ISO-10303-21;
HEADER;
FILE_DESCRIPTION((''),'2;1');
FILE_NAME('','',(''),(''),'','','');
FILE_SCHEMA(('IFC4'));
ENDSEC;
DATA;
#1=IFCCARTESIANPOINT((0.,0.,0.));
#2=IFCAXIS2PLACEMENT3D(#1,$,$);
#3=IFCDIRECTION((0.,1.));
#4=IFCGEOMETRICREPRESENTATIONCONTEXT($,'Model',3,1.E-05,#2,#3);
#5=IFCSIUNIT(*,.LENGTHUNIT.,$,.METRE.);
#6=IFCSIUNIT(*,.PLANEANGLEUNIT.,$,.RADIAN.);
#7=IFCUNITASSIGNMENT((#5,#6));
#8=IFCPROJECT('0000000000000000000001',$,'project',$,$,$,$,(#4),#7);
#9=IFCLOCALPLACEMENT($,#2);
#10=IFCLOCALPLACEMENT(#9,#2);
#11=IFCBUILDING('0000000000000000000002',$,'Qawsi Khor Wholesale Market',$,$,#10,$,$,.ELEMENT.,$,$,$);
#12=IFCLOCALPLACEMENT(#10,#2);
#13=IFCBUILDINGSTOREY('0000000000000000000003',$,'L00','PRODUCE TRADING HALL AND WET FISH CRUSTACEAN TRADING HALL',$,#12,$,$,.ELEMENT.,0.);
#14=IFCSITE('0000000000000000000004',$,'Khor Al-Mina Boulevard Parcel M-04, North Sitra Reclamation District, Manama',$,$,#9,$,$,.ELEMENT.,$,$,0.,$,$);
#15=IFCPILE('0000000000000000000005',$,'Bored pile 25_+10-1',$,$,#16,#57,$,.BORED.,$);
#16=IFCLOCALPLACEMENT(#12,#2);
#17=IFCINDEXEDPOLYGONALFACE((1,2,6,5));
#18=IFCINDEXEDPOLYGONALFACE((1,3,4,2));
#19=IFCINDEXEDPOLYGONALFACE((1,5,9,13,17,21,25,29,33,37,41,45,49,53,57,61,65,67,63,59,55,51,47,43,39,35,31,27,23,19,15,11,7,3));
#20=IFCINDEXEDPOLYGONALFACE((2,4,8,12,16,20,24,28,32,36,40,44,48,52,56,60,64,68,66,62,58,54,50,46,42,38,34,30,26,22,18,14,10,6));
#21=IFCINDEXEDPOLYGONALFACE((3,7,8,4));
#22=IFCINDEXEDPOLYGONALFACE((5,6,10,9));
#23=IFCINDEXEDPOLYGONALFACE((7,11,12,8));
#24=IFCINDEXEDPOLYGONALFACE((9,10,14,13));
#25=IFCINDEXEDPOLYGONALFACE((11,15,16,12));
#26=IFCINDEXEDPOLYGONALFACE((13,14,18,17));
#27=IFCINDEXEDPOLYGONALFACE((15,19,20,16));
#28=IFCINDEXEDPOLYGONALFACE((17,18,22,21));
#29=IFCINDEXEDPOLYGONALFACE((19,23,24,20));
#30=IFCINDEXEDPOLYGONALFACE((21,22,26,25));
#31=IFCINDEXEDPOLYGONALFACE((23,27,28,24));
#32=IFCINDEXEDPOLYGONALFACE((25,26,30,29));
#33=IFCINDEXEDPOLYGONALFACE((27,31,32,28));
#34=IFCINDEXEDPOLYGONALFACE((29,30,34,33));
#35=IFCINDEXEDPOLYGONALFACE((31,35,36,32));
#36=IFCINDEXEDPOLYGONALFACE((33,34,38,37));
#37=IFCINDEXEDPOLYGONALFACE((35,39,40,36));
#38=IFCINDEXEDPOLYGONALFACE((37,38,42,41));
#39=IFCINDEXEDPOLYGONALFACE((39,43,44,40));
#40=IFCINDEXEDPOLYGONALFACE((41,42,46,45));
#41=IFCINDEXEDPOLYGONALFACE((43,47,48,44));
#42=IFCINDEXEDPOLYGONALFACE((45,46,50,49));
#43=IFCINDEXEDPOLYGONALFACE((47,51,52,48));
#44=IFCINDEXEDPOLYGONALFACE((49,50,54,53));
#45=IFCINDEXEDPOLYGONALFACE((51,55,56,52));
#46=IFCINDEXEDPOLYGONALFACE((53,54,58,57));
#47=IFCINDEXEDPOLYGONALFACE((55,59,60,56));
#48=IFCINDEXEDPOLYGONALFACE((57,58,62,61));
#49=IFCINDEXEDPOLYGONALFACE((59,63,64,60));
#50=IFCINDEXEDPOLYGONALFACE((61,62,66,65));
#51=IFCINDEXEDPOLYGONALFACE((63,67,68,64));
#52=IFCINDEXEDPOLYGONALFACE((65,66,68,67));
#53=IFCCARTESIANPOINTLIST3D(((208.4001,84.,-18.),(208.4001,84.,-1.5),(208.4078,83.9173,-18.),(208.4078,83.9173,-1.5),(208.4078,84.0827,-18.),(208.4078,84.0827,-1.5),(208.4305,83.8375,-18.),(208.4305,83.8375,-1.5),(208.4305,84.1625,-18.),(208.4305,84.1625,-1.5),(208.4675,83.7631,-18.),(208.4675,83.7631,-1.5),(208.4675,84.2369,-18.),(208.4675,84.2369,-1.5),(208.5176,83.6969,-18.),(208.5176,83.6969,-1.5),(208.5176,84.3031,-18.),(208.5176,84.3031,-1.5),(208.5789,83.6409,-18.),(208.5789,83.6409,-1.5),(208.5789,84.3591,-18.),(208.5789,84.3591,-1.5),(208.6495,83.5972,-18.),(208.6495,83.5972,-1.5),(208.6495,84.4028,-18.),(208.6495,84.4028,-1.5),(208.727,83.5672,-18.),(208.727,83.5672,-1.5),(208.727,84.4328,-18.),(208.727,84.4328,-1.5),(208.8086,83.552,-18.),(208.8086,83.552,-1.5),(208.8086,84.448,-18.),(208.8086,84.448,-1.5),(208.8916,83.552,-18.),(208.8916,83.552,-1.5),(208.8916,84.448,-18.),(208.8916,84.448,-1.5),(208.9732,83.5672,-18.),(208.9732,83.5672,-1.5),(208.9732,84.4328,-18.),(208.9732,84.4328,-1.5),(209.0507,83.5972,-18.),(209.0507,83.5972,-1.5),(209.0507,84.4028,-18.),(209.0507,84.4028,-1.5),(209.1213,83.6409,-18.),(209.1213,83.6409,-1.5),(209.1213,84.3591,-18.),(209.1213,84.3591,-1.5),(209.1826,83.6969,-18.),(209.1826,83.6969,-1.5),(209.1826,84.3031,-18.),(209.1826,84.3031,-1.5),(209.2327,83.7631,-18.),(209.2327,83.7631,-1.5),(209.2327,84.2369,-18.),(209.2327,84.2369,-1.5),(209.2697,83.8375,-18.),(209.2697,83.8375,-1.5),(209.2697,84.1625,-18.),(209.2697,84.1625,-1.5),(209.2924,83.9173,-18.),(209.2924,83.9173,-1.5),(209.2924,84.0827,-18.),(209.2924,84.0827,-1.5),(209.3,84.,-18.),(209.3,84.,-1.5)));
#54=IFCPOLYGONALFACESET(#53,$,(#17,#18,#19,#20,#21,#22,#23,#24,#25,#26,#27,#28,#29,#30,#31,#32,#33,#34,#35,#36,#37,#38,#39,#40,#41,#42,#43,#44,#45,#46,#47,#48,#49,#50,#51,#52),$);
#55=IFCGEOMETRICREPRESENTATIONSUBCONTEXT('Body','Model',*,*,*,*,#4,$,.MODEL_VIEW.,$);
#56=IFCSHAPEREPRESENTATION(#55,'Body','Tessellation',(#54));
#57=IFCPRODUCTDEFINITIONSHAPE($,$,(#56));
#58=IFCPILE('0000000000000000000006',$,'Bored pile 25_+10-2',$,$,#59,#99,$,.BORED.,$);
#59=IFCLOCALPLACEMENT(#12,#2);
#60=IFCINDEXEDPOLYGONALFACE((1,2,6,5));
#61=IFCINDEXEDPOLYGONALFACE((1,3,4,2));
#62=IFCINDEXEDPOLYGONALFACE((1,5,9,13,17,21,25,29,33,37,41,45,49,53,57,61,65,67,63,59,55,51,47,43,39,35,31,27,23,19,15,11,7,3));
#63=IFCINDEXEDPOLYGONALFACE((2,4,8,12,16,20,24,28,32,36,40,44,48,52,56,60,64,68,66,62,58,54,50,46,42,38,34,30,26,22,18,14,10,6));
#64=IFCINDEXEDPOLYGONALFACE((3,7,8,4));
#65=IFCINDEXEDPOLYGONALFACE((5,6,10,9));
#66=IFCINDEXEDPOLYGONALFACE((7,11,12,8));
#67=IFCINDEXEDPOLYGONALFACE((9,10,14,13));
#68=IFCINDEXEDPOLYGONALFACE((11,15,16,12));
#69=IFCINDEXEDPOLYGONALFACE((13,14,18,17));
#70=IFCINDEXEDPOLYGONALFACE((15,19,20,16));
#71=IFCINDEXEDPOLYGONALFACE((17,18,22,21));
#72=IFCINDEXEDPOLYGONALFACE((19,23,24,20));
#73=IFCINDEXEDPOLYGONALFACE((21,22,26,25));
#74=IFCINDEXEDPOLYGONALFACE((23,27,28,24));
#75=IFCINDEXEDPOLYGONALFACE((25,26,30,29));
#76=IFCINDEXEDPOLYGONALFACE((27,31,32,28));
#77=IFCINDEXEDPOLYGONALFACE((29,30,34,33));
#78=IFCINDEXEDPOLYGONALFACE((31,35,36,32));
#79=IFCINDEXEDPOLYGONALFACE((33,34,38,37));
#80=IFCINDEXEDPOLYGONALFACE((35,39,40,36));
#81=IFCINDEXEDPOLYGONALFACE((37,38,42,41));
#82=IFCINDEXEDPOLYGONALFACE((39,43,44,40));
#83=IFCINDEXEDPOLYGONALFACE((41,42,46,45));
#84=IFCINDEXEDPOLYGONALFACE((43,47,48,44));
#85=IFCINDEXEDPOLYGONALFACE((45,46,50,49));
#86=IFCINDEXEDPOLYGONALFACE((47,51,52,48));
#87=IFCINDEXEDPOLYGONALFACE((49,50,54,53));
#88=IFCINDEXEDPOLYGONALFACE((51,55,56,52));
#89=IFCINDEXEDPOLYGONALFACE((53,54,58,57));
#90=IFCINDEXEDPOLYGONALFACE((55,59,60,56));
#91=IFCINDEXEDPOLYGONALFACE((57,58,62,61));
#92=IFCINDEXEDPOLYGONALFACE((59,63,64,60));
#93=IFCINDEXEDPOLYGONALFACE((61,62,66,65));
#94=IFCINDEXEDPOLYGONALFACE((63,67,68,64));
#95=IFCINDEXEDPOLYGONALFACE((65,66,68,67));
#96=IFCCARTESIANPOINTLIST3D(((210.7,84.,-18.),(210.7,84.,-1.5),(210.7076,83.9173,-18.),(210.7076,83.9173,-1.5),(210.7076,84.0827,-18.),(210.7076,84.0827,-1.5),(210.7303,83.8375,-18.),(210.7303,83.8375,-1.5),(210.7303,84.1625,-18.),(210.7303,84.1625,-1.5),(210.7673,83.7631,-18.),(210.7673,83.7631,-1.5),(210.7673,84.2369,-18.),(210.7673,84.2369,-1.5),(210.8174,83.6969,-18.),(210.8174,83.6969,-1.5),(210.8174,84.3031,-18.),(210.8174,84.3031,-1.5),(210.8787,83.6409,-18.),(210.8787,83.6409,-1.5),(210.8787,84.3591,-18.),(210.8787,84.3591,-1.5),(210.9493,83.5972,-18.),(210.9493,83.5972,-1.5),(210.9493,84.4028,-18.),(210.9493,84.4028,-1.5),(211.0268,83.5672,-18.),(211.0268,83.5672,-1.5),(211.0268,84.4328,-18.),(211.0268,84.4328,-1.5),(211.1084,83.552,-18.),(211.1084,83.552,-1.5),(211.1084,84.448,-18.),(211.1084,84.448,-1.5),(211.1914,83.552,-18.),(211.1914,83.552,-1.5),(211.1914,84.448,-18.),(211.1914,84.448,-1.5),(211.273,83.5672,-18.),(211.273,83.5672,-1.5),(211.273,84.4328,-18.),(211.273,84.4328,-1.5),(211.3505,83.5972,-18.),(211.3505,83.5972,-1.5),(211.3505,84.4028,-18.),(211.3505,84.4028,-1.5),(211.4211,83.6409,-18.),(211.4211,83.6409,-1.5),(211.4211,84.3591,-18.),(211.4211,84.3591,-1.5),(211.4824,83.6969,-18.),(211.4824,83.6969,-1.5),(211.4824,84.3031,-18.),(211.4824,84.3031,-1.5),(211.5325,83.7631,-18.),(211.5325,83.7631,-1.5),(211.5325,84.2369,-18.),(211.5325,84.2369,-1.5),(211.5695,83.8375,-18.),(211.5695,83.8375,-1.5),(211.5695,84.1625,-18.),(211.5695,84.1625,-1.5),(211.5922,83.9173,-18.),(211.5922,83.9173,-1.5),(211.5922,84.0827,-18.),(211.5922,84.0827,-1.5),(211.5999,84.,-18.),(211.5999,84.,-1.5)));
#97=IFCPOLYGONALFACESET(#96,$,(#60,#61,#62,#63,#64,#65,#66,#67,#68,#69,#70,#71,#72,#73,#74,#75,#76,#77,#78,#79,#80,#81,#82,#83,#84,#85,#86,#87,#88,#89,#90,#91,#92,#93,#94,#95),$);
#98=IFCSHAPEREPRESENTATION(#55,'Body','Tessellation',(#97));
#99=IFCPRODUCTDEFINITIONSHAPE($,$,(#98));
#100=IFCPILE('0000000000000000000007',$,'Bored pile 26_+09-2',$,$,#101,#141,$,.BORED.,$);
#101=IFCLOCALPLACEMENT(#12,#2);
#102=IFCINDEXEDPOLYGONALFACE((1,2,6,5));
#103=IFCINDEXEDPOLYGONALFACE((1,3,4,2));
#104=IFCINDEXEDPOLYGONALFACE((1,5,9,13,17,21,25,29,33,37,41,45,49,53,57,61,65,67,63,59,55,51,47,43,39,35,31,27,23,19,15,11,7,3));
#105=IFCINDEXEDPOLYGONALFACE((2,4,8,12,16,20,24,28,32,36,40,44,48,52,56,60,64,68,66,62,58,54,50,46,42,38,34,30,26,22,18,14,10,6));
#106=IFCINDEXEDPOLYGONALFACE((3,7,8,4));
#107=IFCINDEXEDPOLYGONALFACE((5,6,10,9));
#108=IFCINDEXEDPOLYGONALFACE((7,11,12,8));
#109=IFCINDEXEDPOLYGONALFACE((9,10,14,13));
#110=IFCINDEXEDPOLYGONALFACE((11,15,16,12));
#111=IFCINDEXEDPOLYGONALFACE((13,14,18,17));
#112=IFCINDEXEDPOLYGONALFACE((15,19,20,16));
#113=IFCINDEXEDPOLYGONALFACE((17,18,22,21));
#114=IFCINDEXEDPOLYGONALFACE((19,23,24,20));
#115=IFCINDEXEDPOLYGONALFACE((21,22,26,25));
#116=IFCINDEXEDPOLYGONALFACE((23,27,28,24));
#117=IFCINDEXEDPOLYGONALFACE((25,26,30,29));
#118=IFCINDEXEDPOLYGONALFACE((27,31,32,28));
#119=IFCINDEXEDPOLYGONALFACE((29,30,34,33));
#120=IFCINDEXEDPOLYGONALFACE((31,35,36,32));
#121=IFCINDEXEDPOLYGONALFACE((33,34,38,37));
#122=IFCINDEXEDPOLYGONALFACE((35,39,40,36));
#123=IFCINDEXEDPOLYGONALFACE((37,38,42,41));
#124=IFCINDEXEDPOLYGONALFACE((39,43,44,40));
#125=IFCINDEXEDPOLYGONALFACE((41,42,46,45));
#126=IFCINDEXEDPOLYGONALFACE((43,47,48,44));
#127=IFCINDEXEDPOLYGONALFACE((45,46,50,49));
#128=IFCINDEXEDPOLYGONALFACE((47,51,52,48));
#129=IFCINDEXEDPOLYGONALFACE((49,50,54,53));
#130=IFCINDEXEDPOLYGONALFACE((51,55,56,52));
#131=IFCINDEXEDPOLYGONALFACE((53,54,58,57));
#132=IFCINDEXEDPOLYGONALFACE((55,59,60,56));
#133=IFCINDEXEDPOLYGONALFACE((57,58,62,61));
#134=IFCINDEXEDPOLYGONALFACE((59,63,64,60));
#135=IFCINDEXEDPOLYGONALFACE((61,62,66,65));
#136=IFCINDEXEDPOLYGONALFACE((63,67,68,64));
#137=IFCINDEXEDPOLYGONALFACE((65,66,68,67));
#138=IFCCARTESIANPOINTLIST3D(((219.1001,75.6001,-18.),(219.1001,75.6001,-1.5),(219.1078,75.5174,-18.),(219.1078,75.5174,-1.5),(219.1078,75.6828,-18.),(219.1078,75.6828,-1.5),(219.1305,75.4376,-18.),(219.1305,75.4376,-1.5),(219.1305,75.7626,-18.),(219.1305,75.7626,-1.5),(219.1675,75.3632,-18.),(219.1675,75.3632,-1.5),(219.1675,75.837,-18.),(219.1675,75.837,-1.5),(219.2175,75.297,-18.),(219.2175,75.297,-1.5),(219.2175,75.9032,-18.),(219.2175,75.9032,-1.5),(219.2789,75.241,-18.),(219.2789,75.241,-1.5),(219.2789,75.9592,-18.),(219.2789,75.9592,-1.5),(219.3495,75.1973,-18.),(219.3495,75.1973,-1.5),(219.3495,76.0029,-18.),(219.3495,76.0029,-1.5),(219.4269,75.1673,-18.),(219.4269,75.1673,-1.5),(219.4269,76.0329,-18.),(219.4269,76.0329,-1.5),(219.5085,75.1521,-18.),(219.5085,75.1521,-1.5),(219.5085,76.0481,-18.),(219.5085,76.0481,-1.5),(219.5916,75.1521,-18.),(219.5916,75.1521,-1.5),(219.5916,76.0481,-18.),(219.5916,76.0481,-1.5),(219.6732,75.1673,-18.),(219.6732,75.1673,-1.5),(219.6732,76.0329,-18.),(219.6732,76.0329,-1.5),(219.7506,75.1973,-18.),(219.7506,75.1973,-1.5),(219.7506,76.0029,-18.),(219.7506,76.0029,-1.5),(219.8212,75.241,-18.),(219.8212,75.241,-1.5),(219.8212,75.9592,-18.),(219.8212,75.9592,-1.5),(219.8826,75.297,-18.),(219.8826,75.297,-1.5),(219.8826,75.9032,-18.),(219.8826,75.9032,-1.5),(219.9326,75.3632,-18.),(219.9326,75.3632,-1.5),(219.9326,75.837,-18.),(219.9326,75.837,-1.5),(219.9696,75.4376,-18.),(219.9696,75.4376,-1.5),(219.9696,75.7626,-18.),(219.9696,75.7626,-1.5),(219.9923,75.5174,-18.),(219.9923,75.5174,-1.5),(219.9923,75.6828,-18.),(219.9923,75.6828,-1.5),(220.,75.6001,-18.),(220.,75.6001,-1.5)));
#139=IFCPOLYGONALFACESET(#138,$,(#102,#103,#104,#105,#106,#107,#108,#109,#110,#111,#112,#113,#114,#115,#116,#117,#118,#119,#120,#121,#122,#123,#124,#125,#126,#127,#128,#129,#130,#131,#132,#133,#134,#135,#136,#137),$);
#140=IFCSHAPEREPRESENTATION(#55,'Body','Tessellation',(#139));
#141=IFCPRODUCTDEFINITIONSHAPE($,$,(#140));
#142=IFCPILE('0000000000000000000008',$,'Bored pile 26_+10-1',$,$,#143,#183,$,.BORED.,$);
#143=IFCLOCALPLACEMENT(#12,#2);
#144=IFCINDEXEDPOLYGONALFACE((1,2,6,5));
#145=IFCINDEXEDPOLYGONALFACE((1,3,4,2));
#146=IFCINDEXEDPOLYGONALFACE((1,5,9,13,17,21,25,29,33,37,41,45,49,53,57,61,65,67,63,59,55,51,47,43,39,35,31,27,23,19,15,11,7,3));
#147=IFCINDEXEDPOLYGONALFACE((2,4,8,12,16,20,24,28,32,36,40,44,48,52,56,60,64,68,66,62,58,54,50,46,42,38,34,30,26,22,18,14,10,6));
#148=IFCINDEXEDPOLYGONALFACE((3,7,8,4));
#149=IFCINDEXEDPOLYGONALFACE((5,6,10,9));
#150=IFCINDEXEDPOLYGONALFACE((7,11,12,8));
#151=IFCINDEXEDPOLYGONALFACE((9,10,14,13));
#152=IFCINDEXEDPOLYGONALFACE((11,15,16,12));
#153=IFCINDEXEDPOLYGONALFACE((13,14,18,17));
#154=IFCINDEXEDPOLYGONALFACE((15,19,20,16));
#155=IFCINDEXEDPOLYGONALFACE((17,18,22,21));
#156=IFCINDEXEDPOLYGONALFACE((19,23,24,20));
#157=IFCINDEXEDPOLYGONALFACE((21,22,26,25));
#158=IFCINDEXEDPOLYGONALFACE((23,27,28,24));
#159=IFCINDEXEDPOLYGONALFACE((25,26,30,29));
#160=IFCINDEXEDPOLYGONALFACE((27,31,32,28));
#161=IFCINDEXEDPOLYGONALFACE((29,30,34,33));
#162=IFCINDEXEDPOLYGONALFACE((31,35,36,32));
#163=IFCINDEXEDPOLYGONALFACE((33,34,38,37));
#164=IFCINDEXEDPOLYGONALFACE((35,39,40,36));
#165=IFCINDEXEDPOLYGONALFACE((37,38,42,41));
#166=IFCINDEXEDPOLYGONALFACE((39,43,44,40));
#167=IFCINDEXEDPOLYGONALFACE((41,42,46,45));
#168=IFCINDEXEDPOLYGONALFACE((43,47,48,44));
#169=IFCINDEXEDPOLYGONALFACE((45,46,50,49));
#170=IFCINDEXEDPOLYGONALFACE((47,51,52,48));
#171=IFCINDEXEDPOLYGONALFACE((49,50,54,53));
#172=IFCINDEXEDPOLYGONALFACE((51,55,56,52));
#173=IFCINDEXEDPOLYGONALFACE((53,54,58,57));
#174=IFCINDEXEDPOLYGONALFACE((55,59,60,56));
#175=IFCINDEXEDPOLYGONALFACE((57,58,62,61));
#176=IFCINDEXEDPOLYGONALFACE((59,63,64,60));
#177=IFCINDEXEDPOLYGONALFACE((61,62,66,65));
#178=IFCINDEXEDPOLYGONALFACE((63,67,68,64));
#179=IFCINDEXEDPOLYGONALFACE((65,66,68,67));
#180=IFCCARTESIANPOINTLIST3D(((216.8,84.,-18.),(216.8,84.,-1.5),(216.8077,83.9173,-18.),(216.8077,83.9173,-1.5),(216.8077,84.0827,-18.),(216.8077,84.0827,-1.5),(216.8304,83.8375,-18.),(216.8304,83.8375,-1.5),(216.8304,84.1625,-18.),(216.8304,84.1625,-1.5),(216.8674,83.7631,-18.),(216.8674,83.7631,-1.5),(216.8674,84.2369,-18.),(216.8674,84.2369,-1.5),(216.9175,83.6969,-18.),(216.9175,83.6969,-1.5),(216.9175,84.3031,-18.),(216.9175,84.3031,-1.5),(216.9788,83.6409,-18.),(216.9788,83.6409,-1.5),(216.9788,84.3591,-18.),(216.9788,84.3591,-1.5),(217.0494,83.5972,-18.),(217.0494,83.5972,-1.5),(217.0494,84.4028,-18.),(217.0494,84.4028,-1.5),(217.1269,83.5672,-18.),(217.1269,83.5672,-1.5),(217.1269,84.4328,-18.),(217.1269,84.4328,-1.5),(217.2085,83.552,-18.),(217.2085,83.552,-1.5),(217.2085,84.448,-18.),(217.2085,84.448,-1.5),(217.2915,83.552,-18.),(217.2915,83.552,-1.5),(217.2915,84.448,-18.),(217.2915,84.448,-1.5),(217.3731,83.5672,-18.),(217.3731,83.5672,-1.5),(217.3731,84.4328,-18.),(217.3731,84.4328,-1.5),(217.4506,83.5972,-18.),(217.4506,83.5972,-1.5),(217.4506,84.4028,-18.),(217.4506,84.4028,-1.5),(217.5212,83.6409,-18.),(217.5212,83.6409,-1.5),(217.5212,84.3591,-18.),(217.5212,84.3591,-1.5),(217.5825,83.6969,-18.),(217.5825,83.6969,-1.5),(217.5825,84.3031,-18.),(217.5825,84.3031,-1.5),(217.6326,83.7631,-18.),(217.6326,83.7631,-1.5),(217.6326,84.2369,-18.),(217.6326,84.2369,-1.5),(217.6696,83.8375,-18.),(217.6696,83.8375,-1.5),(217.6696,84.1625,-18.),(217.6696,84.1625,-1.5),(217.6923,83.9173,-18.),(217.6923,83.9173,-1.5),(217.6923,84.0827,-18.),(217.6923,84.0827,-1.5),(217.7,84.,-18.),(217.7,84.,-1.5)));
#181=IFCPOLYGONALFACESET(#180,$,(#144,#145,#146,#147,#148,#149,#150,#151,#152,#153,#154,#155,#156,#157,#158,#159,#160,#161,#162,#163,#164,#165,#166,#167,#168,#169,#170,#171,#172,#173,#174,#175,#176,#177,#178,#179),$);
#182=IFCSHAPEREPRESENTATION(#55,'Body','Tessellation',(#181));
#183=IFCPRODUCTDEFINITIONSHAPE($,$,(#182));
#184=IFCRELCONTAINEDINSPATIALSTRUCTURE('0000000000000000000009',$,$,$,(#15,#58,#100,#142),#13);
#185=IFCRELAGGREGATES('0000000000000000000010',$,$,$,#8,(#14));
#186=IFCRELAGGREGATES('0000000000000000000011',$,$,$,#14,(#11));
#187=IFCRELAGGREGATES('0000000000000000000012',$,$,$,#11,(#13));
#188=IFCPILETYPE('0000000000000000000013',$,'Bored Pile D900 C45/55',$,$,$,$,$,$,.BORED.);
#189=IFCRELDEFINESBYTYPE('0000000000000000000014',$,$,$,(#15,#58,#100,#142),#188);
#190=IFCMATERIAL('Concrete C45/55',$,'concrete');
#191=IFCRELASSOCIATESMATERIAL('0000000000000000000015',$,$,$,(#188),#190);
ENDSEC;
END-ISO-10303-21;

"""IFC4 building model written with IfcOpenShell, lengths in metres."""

from ifc_helpers import new_model, si_unit, direction, frame, origin, origin_2d, place, context, subcontext, project, spatial, circle, extrude, material, material_profile, profile_set, type_object, element, save


model = new_model("IFC4")

# Units and contexts
model_context = context("Model", 3, precision=1e-05, world=origin(), true_north=direction((0.0, 1.0)))
body_context = subcontext(model_context, "Body", "Model", "MODEL_VIEW")
ifc_project = project(units=[si_unit("LENGTHUNIT", "METRE"), si_unit("PLANEANGLEUNIT", "RADIAN")], contexts=[model_context])

# Site, building, storey
site_placement = place(None, origin())
site = spatial("IfcSite", under=ifc_project, at=site_placement, Name="Khor Al-Mina Boulevard Parcel M-04, North Sitra Reclamation District, Manama", CompositionType="ELEMENT", RefElevation=0.0)
building_placement = place(site_placement, origin())
building = spatial("IfcBuilding", under=site, at=building_placement, Name="Qawsi Khor Wholesale Market", CompositionType="ELEMENT")
storey_placement = place(building_placement, origin())
storey = spatial("IfcBuildingStorey", under=building, at=storey_placement, Name="L00", Description="PRODUCE TRADING HALL AND WET FISH CRUSTACEAN TRADING HALL", CompositionType="ELEMENT", Elevation=0.0)

# Piles
ifc_material_1 = material(Name="Concrete C45/55", Category="concrete")
ifc_material_profile_1 = material_profile(ifc_material_1, circle(Radius=0.45, at=origin_2d()), Name="PILE D900")
ifc_profile_set_1 = profile_set([ifc_material_profile_1], Name="Concrete C45/55")
pile_type_1 = type_object("IfcPileType", Name="Bored Pile D900 C45/55", PredefinedType="BORED", material=ifc_profile_set_1)
for number, where, z_axis, x_axis, name in (
    (1, (208.8501, 84.0, -1.5), (0.0, 0.0, -1.0), (1.0, 0.0, 0.0), "Bored pile 25_+10-1"),
    (2, (211.1499, 84.0, -1.5), (0.0, 0.0, -1.0), (1.0, 0.0, 0.0), "Bored pile 25_+10-2"),
    (3, (219.55, 75.6001, -1.5), (0.0, 0.0, -1.0), (1.0, 0.0, 0.0), "Bored pile 26_+09-2"),
    (4, (217.25, 84.0, -1.5), (0.0, 0.0, -1.0), (1.0, 0.0, 0.0), "Bored pile 26_+10-1"),
):
    element("IfcPile", number, at=place(storey_placement, frame(where, z_axis=z_axis, x_axis=x_axis)), inside=storey, type_object=pile_type_1, Name=name, PredefinedType="BORED", context=body_context, shape_type="SweptSolid", body=[
        extrude(circle(Radius=0.45, at=origin_2d()), origin(), (0.0, 0.0, 1.0), 16.5),
    ])

save(model, "model.ifc")
